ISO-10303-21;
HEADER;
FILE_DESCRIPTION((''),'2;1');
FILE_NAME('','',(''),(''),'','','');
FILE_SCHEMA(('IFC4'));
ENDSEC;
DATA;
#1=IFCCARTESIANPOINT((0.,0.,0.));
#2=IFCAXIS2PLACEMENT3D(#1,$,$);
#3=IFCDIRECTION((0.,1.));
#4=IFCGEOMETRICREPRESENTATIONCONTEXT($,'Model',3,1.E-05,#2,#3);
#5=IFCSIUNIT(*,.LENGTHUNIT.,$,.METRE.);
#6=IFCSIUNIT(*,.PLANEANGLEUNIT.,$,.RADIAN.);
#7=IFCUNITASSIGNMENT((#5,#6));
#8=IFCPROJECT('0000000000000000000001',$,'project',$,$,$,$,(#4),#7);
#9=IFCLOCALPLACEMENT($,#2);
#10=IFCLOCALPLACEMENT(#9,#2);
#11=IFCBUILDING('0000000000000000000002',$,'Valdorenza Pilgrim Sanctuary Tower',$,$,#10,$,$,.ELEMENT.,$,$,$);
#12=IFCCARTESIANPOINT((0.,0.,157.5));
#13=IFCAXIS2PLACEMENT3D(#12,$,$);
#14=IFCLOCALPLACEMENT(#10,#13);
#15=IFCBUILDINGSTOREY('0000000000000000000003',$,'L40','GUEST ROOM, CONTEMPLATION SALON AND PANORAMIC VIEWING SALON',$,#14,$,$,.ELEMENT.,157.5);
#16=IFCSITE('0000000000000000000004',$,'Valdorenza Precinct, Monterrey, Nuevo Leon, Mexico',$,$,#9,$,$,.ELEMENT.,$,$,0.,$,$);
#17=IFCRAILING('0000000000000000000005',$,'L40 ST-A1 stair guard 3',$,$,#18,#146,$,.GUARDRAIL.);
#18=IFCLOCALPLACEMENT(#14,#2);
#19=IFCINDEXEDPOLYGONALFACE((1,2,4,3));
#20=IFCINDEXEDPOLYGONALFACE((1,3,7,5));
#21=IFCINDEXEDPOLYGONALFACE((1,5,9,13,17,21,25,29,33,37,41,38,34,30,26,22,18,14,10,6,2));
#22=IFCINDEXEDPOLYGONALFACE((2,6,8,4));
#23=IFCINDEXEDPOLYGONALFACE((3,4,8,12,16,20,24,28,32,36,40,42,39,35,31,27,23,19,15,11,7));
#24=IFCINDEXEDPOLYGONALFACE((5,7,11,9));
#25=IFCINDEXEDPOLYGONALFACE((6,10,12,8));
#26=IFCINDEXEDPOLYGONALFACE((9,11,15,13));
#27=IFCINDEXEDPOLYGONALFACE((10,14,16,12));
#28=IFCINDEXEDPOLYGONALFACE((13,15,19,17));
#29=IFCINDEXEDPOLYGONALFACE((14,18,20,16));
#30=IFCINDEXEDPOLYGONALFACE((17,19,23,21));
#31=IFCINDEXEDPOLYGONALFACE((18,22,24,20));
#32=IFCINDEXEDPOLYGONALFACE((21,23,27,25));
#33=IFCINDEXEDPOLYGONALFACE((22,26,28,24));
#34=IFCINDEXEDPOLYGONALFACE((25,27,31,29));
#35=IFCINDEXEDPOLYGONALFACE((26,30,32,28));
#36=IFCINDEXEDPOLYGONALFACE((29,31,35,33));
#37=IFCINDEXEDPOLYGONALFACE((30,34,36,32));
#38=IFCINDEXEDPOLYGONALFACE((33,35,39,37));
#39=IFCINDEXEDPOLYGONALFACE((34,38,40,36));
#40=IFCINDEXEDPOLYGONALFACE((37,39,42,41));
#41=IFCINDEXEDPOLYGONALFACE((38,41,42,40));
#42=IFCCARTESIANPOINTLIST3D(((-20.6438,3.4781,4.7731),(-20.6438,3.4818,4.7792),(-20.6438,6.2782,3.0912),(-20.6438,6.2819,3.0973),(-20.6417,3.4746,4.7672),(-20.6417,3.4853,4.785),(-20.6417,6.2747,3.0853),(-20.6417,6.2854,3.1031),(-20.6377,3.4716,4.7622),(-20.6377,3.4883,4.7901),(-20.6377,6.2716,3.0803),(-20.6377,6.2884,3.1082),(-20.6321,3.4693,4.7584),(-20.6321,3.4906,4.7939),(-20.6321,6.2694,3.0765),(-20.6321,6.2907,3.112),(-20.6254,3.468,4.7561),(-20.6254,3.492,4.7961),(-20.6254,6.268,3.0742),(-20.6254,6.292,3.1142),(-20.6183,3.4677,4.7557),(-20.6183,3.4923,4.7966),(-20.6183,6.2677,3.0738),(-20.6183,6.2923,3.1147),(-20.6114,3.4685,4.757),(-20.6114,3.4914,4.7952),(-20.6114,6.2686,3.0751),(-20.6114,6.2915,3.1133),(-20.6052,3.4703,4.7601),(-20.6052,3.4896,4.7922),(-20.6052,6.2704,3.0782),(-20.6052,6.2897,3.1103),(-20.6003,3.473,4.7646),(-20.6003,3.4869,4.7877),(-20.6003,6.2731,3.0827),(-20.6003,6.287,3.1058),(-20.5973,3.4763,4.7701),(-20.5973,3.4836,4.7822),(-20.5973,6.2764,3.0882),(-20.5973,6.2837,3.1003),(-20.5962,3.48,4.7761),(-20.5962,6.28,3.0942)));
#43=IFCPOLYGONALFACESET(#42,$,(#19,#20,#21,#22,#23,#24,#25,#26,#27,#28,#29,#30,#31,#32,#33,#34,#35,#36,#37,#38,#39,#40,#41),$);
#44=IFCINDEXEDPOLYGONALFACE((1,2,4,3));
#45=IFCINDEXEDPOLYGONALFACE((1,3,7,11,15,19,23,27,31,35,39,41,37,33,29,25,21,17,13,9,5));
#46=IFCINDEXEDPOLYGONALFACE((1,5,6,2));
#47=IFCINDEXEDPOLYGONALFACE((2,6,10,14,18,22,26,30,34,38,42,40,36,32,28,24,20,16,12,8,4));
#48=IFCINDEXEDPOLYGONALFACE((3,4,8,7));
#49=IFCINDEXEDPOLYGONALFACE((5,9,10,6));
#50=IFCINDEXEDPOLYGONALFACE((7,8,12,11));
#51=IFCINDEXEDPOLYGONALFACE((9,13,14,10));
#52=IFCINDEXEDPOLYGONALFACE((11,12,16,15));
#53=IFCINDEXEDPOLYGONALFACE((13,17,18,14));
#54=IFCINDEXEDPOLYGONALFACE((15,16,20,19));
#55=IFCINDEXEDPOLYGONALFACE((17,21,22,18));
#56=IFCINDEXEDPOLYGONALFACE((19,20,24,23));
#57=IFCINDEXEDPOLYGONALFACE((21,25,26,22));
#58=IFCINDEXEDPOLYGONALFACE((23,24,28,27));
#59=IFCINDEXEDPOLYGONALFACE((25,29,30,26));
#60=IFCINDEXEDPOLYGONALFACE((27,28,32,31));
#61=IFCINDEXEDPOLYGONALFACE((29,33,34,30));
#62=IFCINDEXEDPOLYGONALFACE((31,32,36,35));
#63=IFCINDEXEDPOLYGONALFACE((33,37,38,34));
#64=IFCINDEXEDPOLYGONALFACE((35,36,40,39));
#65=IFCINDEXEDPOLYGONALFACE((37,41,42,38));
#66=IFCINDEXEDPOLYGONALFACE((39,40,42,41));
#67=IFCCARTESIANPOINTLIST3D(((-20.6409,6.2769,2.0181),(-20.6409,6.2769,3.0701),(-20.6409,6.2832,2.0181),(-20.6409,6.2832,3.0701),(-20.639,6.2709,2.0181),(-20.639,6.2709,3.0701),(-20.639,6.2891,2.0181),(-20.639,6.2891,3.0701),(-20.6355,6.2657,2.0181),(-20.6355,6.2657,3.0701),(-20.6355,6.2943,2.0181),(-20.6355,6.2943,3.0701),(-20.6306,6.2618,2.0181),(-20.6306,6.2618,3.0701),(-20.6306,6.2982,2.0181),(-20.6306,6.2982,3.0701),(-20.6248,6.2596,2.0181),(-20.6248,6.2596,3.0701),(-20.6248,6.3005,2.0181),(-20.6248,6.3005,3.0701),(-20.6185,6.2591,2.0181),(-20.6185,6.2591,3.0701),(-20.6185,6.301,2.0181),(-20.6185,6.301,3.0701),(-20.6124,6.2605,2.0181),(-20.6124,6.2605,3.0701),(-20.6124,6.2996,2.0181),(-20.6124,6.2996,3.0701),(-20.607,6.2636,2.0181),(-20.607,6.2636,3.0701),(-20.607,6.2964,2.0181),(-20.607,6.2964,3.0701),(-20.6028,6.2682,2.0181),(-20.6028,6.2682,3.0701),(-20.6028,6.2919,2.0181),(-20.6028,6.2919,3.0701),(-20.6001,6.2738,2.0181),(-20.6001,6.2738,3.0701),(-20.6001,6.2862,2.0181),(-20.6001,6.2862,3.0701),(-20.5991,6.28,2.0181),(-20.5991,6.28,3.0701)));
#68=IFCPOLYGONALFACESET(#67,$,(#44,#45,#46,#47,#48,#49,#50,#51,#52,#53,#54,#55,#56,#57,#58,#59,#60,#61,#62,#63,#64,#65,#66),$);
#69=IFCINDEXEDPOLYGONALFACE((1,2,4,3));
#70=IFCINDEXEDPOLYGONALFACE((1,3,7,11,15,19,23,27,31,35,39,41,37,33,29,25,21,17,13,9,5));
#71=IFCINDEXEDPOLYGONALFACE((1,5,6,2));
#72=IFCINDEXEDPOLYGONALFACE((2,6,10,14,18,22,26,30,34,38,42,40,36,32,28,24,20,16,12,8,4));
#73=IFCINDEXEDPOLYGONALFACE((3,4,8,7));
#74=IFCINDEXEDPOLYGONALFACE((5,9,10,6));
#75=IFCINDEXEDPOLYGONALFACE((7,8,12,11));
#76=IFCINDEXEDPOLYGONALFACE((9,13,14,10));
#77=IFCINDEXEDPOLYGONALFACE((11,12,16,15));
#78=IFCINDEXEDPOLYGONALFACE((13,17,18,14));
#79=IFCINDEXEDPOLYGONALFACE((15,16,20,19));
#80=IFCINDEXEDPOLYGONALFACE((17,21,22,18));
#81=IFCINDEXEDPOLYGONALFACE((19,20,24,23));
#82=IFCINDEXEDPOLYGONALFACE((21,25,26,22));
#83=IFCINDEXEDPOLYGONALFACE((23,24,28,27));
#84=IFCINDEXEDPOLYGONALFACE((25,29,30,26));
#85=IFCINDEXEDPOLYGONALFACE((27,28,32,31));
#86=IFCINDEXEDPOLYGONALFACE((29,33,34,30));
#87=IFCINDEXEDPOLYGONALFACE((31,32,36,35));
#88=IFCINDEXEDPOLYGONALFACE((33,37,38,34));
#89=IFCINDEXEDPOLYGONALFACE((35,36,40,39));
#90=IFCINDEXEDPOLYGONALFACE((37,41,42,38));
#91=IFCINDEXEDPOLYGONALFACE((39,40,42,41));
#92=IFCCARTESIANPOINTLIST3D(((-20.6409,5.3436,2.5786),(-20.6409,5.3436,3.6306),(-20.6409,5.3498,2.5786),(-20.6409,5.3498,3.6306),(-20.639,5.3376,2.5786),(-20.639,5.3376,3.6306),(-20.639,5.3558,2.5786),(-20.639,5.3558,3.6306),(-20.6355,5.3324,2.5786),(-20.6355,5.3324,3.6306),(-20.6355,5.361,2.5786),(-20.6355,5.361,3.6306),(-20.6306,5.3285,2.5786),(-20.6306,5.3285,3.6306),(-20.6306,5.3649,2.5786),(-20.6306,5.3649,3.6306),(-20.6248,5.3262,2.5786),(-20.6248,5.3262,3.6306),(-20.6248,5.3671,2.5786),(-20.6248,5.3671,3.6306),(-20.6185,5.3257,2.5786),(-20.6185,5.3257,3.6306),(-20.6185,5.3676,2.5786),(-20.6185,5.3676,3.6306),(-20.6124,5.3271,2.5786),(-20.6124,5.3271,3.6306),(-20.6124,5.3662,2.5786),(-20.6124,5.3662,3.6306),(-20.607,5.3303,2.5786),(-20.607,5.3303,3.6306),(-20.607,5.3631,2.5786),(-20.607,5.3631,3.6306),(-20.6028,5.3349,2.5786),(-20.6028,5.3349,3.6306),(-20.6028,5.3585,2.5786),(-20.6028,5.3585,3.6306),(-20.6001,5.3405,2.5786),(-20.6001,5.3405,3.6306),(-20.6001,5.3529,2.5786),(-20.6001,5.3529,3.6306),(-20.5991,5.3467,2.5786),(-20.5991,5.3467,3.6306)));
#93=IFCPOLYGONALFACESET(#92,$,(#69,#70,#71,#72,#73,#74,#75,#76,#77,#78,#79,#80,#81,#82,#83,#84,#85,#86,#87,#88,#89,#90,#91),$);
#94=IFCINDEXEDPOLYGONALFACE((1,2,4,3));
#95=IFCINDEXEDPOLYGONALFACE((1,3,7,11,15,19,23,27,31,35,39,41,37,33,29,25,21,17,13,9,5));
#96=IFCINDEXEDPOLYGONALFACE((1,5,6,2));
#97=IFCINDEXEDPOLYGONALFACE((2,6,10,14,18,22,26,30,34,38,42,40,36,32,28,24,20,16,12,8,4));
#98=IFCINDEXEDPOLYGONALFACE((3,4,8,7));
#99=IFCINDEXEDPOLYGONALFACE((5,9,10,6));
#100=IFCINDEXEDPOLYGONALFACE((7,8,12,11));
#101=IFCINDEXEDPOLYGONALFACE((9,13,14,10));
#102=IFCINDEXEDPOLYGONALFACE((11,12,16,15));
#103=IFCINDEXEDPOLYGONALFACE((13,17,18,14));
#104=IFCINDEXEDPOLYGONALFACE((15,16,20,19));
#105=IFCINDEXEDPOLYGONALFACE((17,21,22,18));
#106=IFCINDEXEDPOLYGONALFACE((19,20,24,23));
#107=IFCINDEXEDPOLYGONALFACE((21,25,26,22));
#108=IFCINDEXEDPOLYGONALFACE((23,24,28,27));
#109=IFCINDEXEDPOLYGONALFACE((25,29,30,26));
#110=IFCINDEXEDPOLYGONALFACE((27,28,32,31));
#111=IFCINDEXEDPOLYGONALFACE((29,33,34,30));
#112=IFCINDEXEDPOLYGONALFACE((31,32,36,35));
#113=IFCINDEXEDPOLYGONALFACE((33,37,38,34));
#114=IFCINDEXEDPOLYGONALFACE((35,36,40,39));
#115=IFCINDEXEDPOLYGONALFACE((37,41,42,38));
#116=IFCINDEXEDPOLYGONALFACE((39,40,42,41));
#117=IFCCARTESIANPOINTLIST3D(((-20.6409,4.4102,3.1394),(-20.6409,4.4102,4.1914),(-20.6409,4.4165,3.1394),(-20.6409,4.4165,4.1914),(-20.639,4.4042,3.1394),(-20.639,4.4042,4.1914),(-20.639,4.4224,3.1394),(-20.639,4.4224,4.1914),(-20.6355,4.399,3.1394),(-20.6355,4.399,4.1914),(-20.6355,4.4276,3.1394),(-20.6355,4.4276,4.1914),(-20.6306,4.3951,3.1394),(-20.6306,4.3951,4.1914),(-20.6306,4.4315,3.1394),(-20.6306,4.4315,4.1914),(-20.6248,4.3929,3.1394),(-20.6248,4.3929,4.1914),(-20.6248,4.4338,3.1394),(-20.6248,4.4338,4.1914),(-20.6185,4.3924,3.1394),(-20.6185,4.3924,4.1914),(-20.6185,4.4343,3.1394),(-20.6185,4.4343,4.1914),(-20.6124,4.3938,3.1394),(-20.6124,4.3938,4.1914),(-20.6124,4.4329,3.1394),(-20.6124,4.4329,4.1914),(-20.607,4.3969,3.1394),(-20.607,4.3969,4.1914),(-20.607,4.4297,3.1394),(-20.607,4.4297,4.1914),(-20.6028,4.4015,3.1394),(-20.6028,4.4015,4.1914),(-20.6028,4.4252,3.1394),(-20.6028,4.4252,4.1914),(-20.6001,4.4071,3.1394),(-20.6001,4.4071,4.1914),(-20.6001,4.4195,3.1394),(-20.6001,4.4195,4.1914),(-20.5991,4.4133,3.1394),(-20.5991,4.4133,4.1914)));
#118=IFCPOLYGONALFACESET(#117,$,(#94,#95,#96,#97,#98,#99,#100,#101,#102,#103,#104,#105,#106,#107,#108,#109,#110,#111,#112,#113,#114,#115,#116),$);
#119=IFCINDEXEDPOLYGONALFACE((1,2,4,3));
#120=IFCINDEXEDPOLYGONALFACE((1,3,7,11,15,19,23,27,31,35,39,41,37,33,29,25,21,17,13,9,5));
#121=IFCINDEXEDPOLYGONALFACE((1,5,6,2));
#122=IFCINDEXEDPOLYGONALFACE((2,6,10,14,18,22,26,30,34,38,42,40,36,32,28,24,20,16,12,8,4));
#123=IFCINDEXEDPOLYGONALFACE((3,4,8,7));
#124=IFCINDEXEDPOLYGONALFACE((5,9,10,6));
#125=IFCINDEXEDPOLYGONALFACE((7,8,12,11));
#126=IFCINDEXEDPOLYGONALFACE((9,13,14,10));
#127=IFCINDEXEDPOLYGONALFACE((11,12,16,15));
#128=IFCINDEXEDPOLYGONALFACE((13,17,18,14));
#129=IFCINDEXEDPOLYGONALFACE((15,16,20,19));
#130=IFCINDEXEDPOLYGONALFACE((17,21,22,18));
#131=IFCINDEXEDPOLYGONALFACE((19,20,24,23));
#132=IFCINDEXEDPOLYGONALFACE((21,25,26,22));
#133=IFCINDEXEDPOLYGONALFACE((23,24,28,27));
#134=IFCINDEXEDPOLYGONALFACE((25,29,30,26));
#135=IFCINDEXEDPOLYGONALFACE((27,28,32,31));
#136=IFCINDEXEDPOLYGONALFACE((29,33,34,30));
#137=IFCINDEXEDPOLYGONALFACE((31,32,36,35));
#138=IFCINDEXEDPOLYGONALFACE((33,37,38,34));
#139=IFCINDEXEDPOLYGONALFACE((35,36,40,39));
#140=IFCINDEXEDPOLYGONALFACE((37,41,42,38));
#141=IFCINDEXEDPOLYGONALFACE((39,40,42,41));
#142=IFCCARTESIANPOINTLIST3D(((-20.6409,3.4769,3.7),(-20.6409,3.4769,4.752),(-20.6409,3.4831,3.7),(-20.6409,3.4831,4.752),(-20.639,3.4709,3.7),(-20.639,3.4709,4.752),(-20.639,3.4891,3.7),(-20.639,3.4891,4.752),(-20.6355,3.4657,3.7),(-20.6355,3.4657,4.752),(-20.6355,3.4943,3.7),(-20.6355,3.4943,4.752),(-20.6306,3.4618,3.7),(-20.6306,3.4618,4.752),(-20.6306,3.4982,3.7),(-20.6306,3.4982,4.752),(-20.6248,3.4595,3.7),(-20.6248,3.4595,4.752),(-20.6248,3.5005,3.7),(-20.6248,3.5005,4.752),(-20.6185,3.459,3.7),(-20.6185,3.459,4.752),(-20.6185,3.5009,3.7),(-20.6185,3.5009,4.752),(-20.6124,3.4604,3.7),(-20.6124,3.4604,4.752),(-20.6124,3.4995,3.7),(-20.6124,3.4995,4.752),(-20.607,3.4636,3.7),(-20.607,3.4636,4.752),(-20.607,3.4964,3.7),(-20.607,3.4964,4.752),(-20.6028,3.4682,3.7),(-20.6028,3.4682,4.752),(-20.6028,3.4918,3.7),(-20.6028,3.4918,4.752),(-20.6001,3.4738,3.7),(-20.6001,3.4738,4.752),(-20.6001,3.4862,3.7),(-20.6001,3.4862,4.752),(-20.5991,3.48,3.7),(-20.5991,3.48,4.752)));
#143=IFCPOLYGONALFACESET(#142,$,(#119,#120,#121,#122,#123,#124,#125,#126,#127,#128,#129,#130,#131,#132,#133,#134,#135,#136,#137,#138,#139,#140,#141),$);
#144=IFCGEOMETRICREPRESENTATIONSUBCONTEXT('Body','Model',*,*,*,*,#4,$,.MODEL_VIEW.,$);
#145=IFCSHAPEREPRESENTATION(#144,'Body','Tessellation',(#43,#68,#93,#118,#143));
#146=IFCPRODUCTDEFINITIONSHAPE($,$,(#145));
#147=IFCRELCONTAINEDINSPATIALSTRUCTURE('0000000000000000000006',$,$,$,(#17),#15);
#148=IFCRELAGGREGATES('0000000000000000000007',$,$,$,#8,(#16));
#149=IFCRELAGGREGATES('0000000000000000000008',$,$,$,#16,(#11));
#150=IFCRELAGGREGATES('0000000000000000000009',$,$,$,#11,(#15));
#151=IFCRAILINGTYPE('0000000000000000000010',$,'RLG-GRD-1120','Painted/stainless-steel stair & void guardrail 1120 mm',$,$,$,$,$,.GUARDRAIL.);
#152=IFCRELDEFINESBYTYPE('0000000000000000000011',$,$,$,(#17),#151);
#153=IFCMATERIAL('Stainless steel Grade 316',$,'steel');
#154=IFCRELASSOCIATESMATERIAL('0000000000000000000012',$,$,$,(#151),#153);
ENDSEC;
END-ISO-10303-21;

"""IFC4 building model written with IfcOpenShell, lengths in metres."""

from ifc_helpers import new_model, si_unit, direction, frame, origin, origin_2d, place, context, subcontext, project, spatial, circle, extrude, material, type_object, element, save


model = new_model("IFC4")

# Units and contexts
model_context = context("Model", 3, precision=1e-05, world=origin(), true_north=direction((0.0, 1.0)))
body_context = subcontext(model_context, "Body", "Model", "MODEL_VIEW")
ifc_project = project(units=[si_unit("LENGTHUNIT", "METRE"), si_unit("PLANEANGLEUNIT", "RADIAN")], contexts=[model_context])

# Site, building, storey
site_placement = place(None, origin())
site = spatial("IfcSite", under=ifc_project, at=site_placement, Name="Valdorenza Precinct, Monterrey, Nuevo Leon, Mexico", CompositionType="ELEMENT", RefElevation=0.0)
building_placement = place(site_placement, origin())
building = spatial("IfcBuilding", under=site, at=building_placement, Name="Valdorenza Pilgrim Sanctuary Tower", CompositionType="ELEMENT")
storey_placement = place(building_placement, frame((0.0, 0.0, 157.5)))
storey = spatial("IfcBuildingStorey", under=building, at=storey_placement, Name="L40", Description="GUEST ROOM, CONTEMPLATION SALON AND PANORAMIC VIEWING SALON", CompositionType="ELEMENT", Elevation=157.5)

# Railing
ifc_material_1 = material(Name="Stainless steel Grade 316", Category="steel")
railing_type_1 = type_object("IfcRailingType", Name="RLG-GRD-1120", Description="Painted/stainless-steel stair & void guardrail 1120 mm", PredefinedType="GUARDRAIL", material=ifc_material_1)
railing_1_placement = place(storey_placement, frame((-20.6201, 6.28, 2.0181)))
element("IfcRailing", 1, at=railing_1_placement, inside=storey, type_object=railing_type_1, Name="L40 ST-A1 stair guard 3", PredefinedType="GUARDRAIL", context=body_context, shape_type="SweptSolid", body=[
    extrude(circle(Radius=0.0239, at=origin_2d()), frame((0.0, 0.0, 1.0762), z_axis=(0.0, -0.857242, 0.514913), x_axis=(1.0, 0.0, 0.0)), (0.0, 0.0, 1.0), 3.2664),
    extrude(circle(Radius=0.021, at=origin_2d()), origin(), (0.0, 0.0, 1.0), 1.052),
    extrude(circle(Radius=0.021, at=origin_2d()), frame((0.0, -0.9333, 0.5605)), (0.0, 0.0, 1.0), 1.052),
    extrude(circle(Radius=0.021, at=origin_2d()), frame((0.0, -1.8667, 1.1213)), (0.0, 0.0, 1.0), 1.052),
    extrude(circle(Radius=0.021, at=origin_2d()), frame((0.0, -2.8, 1.6819)), (0.0, 0.0, 1.0), 1.052),
])

save(model, "model.ifc")
